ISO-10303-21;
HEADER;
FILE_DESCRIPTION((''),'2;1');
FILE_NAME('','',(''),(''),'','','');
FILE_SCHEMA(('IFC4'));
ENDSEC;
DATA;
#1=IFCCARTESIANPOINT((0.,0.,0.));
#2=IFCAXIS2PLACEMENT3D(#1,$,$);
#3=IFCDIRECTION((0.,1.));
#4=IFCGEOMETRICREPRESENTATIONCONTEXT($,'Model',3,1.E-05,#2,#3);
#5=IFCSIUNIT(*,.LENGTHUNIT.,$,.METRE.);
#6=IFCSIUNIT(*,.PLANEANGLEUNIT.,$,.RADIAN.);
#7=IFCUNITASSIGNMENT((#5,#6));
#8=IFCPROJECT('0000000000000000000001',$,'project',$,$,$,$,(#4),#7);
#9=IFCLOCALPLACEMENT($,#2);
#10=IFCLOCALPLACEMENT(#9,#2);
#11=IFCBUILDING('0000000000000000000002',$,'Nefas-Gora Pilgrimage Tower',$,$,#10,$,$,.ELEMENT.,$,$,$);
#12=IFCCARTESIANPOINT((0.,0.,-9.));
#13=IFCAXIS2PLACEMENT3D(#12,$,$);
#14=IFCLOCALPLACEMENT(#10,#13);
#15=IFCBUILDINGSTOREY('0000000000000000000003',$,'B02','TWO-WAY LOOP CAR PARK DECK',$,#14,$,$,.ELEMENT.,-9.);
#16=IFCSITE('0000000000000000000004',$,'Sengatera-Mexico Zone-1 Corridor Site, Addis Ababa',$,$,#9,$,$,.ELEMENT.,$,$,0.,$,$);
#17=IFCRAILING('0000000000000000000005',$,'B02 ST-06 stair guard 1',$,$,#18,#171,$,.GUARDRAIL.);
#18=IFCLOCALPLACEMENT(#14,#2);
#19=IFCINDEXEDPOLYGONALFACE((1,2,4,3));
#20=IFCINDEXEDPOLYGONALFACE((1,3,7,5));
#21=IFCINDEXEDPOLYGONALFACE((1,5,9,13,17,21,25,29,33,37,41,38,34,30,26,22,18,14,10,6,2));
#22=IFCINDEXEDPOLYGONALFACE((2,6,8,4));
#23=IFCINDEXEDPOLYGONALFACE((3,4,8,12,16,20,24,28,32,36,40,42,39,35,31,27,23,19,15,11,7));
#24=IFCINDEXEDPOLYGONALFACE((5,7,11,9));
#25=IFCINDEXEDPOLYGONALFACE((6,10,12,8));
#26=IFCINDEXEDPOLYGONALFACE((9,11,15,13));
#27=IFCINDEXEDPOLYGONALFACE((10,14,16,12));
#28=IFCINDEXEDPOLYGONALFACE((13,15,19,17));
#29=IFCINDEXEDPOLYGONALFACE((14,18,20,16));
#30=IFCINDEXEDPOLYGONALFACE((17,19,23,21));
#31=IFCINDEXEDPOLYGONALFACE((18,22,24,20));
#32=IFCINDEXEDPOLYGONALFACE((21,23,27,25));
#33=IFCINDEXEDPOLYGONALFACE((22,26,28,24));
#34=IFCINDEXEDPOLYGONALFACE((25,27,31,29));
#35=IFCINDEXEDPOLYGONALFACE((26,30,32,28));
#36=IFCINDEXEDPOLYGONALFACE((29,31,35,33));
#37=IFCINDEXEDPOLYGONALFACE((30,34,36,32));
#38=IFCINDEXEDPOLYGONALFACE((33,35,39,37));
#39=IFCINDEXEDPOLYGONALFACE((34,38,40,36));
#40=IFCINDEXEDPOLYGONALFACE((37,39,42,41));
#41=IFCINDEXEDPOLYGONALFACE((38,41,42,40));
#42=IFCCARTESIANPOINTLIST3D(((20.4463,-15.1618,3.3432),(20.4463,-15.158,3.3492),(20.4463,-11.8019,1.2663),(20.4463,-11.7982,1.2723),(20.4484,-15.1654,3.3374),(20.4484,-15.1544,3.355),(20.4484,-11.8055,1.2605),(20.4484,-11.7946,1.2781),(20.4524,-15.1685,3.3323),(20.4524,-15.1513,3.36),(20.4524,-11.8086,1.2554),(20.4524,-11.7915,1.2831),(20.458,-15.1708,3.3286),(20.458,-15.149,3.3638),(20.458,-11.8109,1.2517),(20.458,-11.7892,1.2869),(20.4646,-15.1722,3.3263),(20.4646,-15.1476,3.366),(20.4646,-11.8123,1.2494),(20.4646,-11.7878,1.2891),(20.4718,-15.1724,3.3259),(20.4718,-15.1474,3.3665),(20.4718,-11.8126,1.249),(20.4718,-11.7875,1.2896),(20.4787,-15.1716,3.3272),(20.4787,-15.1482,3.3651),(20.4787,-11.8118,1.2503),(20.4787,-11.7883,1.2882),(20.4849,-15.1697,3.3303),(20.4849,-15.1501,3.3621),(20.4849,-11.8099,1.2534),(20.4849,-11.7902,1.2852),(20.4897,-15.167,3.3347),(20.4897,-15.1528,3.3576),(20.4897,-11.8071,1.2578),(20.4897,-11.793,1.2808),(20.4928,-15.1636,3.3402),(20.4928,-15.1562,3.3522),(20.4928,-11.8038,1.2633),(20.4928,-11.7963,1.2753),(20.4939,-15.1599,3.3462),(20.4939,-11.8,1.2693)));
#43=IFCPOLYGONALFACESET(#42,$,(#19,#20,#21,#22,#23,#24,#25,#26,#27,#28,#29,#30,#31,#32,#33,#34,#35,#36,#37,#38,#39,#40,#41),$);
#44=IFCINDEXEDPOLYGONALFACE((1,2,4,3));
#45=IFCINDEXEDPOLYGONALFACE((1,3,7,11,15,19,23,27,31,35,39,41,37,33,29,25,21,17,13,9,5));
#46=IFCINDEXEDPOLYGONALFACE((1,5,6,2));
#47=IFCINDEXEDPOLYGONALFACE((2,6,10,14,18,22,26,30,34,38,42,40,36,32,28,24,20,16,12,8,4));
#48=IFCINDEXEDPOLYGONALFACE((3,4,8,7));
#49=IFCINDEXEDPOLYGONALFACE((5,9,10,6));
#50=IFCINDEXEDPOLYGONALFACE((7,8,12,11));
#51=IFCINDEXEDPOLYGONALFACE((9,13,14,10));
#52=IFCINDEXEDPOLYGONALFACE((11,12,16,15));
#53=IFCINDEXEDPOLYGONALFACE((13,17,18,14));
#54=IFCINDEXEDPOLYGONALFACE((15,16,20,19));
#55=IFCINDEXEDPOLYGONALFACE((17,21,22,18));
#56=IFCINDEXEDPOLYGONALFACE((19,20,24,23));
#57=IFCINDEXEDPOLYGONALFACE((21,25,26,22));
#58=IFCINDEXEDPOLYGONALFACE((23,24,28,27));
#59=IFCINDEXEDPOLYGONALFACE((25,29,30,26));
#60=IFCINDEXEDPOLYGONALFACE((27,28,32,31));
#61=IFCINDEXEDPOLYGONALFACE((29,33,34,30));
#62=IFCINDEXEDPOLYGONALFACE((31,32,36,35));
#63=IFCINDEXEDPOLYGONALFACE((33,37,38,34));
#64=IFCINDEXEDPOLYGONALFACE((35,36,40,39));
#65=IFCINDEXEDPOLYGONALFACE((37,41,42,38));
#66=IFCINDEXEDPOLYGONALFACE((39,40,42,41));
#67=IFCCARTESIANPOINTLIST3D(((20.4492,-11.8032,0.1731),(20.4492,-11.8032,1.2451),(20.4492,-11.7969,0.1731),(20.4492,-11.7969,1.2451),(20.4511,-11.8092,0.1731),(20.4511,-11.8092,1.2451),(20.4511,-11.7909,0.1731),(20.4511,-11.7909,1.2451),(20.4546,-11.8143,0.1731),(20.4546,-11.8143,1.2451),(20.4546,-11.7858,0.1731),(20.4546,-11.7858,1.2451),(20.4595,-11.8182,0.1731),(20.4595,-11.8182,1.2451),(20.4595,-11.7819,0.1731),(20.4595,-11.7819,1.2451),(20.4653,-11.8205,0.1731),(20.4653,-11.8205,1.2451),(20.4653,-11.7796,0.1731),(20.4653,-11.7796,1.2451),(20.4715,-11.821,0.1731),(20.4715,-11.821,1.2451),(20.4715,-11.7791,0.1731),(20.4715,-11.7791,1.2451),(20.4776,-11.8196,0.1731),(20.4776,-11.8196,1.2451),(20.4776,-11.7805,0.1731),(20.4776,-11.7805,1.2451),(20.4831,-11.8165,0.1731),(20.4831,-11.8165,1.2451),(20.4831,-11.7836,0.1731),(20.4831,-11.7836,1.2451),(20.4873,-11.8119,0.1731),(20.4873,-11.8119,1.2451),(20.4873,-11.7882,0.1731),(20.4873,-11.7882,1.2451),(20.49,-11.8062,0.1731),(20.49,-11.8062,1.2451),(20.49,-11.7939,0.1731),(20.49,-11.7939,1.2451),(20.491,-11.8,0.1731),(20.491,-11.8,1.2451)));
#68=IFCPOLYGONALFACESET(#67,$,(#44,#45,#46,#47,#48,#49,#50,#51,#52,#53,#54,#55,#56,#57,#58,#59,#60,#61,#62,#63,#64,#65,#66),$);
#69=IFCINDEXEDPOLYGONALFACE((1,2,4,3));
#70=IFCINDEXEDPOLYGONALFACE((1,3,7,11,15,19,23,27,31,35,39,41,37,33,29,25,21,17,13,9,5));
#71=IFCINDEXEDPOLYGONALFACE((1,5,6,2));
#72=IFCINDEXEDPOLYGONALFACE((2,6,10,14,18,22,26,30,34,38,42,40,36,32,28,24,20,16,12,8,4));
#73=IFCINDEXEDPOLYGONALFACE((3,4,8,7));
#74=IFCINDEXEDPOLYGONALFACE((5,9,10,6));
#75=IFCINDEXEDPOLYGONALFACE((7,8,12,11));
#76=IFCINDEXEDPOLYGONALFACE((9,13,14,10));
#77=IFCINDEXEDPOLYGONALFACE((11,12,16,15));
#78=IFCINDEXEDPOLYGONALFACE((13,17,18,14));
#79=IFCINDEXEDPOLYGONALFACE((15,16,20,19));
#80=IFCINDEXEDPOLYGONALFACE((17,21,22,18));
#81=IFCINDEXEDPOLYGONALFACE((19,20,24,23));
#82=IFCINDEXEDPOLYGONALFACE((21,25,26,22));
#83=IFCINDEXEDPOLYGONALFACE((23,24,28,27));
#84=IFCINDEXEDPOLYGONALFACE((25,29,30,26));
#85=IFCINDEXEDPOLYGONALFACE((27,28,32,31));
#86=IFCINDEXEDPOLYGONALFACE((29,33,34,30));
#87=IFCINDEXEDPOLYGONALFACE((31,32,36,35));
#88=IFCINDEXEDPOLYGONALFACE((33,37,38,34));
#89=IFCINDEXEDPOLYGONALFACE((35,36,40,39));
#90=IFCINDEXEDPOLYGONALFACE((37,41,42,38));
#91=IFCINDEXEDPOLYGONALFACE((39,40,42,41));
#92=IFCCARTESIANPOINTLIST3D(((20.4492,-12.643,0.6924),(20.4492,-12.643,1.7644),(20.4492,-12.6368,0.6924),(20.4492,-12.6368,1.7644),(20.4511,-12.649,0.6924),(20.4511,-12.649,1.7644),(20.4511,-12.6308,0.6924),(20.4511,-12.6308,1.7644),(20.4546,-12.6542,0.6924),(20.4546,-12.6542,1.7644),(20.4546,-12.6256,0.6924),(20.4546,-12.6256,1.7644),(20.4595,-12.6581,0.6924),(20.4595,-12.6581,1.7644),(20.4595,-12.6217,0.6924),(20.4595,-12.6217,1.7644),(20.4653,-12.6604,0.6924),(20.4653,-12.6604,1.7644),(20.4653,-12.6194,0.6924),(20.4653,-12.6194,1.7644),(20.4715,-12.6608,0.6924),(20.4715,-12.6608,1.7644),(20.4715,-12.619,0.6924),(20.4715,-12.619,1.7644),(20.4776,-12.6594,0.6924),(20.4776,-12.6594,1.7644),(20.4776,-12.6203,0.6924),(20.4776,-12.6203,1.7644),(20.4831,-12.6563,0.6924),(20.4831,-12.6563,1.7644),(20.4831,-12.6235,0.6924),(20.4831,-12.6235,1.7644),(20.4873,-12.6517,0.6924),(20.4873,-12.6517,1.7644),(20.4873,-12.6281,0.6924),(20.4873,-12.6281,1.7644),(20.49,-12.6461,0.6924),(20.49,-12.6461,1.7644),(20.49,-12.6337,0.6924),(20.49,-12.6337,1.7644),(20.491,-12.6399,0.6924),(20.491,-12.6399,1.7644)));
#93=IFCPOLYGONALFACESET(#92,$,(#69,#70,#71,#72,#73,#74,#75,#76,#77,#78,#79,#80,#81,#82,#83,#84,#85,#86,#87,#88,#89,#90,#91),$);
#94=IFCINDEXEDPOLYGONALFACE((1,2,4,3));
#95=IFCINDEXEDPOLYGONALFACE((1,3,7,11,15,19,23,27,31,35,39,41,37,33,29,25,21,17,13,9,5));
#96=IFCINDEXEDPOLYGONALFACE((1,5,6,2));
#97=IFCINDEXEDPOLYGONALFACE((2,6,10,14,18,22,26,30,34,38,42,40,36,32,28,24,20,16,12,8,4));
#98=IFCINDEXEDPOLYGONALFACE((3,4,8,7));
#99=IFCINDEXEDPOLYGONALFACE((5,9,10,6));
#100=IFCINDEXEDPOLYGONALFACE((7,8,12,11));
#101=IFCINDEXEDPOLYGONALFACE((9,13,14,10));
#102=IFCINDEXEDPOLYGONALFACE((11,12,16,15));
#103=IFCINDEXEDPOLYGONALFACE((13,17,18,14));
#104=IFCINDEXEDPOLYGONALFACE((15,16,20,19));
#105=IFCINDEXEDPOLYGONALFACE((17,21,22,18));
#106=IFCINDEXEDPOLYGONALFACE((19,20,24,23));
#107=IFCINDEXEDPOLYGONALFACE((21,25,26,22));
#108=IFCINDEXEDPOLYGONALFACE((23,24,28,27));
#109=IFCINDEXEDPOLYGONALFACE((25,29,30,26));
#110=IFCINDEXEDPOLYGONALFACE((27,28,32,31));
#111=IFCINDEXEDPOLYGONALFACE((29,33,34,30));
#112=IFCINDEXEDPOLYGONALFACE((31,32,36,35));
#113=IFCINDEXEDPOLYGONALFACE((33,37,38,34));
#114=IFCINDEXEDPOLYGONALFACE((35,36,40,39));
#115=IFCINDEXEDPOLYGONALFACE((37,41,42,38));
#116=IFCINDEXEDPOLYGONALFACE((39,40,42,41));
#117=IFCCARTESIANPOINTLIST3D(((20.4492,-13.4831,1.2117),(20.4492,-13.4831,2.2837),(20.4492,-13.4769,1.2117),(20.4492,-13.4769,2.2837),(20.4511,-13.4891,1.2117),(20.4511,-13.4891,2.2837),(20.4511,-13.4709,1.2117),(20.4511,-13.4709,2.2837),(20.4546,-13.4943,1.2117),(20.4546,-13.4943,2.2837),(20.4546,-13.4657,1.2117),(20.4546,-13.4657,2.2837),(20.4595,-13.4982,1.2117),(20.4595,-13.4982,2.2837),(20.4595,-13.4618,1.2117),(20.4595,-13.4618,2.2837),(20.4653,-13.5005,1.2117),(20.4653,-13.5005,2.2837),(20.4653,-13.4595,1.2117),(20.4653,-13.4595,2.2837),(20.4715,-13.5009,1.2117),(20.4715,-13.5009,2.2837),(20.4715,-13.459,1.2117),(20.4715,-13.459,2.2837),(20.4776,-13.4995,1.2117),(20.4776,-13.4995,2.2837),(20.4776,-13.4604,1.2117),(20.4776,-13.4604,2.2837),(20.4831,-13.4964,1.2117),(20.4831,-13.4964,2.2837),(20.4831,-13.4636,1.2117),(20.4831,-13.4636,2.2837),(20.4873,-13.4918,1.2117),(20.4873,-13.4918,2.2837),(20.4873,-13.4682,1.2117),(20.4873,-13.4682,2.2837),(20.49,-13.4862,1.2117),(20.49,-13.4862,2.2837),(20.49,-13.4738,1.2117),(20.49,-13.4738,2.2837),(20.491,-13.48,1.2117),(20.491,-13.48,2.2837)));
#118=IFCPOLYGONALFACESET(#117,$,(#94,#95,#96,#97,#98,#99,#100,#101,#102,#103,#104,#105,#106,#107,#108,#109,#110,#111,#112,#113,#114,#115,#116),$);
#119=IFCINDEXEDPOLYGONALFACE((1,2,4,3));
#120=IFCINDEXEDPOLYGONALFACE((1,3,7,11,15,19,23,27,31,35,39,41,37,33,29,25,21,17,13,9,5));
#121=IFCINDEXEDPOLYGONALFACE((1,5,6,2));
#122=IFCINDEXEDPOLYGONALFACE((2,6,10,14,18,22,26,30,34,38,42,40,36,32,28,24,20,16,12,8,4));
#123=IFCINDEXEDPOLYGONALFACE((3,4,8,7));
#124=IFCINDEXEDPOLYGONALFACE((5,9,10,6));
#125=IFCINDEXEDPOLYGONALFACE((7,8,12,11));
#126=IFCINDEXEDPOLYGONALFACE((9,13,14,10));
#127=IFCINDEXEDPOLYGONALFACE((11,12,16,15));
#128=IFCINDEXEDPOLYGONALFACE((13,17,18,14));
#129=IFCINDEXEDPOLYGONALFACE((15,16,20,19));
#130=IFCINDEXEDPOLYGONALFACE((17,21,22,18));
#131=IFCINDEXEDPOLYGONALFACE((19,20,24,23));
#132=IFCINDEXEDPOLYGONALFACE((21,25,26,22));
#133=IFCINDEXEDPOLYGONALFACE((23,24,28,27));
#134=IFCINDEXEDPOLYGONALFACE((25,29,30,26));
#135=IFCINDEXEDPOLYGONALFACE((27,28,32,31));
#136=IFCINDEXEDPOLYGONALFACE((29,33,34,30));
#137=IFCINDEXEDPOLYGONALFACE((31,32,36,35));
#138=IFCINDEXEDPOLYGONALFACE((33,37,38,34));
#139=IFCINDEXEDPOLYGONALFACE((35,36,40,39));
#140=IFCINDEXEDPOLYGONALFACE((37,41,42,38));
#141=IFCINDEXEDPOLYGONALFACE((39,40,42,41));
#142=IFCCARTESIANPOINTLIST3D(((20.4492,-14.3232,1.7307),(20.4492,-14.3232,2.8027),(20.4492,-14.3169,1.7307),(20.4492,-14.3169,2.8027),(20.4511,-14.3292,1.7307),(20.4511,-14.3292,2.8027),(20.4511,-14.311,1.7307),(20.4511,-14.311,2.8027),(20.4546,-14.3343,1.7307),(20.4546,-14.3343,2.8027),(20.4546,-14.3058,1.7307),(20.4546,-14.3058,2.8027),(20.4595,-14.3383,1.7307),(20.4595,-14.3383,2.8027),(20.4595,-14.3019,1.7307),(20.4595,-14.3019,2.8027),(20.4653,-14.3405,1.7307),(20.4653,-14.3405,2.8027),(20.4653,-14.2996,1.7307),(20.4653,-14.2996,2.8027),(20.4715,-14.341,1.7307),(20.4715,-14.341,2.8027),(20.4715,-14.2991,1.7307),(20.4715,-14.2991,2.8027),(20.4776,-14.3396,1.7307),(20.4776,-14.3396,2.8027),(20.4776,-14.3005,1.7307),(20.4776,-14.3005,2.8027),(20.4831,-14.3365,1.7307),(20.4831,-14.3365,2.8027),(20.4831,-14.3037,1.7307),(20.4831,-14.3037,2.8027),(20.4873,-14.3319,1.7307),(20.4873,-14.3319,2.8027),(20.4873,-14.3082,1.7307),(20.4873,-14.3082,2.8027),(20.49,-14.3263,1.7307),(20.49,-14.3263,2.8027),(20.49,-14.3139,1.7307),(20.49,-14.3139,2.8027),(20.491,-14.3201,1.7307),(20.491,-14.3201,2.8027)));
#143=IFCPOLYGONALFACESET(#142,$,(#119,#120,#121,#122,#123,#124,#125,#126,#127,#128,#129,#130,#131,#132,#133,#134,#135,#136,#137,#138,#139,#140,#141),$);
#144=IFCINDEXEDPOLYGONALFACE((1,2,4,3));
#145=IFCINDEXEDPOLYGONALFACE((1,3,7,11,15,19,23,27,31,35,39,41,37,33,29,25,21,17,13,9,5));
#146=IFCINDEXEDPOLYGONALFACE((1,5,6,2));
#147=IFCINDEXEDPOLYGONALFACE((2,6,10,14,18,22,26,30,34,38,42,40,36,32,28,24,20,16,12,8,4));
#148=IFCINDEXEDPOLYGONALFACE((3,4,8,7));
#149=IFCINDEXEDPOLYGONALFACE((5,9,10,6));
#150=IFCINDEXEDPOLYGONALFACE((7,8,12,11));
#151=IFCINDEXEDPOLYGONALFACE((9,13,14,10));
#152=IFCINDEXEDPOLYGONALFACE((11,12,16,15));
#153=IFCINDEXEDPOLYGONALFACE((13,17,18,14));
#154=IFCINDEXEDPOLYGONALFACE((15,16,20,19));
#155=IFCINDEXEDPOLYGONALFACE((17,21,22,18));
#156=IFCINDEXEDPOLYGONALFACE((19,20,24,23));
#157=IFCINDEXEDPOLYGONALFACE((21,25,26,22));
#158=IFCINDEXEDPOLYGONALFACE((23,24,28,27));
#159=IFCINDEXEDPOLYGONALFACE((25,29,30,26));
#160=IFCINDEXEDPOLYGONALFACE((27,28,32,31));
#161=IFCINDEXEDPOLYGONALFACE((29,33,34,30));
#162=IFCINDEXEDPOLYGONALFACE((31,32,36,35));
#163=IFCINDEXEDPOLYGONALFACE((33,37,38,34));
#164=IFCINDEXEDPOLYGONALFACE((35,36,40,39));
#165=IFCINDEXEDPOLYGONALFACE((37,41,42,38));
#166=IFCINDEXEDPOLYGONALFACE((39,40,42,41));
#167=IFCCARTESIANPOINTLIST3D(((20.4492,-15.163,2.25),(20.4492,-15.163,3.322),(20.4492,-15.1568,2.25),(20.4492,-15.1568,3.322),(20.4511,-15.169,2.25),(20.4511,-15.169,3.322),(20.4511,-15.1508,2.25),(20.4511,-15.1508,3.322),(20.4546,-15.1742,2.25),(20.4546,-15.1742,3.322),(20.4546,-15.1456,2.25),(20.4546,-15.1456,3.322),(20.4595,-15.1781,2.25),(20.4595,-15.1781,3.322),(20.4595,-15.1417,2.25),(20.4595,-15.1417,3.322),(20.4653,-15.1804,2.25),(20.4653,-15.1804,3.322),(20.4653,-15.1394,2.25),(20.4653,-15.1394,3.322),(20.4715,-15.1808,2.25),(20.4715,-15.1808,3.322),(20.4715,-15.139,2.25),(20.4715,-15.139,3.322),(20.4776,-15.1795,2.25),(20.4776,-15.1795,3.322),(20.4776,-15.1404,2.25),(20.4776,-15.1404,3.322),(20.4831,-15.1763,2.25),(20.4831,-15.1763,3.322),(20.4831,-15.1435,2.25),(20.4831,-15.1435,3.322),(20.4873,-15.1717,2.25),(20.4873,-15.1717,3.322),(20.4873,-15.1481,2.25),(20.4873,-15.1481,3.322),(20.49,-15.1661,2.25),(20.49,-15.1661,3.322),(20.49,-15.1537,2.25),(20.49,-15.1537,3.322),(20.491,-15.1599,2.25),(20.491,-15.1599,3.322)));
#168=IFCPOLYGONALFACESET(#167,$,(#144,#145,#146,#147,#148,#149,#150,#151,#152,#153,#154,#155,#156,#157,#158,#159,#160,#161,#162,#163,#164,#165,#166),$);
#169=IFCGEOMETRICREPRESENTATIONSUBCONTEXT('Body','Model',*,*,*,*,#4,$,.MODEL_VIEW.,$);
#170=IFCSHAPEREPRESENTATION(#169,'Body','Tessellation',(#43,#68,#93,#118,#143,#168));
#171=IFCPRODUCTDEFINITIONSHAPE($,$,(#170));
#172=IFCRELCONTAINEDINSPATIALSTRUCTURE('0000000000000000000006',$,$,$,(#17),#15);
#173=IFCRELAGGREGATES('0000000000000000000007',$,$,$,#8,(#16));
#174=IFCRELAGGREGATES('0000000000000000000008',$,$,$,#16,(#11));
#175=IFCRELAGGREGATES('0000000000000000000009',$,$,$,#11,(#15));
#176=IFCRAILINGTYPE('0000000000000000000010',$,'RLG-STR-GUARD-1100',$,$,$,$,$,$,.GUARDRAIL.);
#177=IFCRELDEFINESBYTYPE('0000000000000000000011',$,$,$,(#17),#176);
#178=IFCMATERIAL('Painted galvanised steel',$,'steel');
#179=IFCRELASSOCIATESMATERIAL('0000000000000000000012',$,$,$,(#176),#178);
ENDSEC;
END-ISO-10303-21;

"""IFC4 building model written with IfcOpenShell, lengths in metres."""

from ifc_helpers import new_model, si_unit, direction, frame, origin, origin_2d, place, context, subcontext, project, spatial, circle, extrude, material, type_object, element, save


model = new_model("IFC4")

# Units and contexts
model_context = context("Model", 3, precision=1e-05, world=origin(), true_north=direction((0.0, 1.0)))
body_context = subcontext(model_context, "Body", "Model", "MODEL_VIEW")
ifc_project = project(units=[si_unit("LENGTHUNIT", "METRE"), si_unit("PLANEANGLEUNIT", "RADIAN")], contexts=[model_context])

# Site, building, storey
site_placement = place(None, origin())
site = spatial("IfcSite", under=ifc_project, at=site_placement, Name="Sengatera-Mexico Zone-1 Corridor Site, Addis Ababa", CompositionType="ELEMENT", RefElevation=0.0)
building_placement = place(site_placement, origin())
building = spatial("IfcBuilding", under=site, at=building_placement, Name="Nefas-Gora Pilgrimage Tower", CompositionType="ELEMENT")
storey_placement = place(building_placement, frame((0.0, 0.0, -9.0)))
storey = spatial("IfcBuildingStorey", under=building, at=storey_placement, Name="B02", Description="TWO-WAY LOOP CAR PARK DECK", CompositionType="ELEMENT", Elevation=-9.0)

# Railing
ifc_material_1 = material(Name="Painted galvanised steel", Category="steel")
railing_type_1 = type_object("IfcRailingType", Name="RLG-STR-GUARD-1100", PredefinedType="GUARDRAIL", material=ifc_material_1)
railing_1_placement = place(storey_placement, frame((20.47, -11.8, 0.1731)))
element("IfcRailing", 1, at=railing_1_placement, inside=storey, type_object=railing_type_1, Name="B02 ST-06 stair guard 1", PredefinedType="GUARDRAIL", context=body_context, shape_type="SweptSolid", body=[
    extrude(circle(Radius=0.0239, at=origin_2d()), frame((0.0, 0.0, 1.0962), z_axis=(0.0, -0.850606, 0.525803), x_axis=(1.0, 0.0, 0.0)), (0.0, 0.0, 1.0), 3.95),
    extrude(circle(Radius=0.021, at=origin_2d()), origin(), (0.0, 0.0, 1.0), 1.072),
    extrude(circle(Radius=0.021, at=origin_2d()), frame((0.0, -0.8398, 0.5193)), (0.0, 0.0, 1.0), 1.072),
    extrude(circle(Radius=0.021, at=origin_2d()), frame((0.0, -1.6799, 1.0386)), (0.0, 0.0, 1.0), 1.072),
    extrude(circle(Radius=0.021, at=origin_2d()), frame((0.0, -2.52, 1.5576)), (0.0, 0.0, 1.0), 1.072),
    extrude(circle(Radius=0.021, at=origin_2d()), frame((0.0, -3.3599, 2.0769)), (0.0, 0.0, 1.0), 1.072),
])

save(model, "model.ifc")
